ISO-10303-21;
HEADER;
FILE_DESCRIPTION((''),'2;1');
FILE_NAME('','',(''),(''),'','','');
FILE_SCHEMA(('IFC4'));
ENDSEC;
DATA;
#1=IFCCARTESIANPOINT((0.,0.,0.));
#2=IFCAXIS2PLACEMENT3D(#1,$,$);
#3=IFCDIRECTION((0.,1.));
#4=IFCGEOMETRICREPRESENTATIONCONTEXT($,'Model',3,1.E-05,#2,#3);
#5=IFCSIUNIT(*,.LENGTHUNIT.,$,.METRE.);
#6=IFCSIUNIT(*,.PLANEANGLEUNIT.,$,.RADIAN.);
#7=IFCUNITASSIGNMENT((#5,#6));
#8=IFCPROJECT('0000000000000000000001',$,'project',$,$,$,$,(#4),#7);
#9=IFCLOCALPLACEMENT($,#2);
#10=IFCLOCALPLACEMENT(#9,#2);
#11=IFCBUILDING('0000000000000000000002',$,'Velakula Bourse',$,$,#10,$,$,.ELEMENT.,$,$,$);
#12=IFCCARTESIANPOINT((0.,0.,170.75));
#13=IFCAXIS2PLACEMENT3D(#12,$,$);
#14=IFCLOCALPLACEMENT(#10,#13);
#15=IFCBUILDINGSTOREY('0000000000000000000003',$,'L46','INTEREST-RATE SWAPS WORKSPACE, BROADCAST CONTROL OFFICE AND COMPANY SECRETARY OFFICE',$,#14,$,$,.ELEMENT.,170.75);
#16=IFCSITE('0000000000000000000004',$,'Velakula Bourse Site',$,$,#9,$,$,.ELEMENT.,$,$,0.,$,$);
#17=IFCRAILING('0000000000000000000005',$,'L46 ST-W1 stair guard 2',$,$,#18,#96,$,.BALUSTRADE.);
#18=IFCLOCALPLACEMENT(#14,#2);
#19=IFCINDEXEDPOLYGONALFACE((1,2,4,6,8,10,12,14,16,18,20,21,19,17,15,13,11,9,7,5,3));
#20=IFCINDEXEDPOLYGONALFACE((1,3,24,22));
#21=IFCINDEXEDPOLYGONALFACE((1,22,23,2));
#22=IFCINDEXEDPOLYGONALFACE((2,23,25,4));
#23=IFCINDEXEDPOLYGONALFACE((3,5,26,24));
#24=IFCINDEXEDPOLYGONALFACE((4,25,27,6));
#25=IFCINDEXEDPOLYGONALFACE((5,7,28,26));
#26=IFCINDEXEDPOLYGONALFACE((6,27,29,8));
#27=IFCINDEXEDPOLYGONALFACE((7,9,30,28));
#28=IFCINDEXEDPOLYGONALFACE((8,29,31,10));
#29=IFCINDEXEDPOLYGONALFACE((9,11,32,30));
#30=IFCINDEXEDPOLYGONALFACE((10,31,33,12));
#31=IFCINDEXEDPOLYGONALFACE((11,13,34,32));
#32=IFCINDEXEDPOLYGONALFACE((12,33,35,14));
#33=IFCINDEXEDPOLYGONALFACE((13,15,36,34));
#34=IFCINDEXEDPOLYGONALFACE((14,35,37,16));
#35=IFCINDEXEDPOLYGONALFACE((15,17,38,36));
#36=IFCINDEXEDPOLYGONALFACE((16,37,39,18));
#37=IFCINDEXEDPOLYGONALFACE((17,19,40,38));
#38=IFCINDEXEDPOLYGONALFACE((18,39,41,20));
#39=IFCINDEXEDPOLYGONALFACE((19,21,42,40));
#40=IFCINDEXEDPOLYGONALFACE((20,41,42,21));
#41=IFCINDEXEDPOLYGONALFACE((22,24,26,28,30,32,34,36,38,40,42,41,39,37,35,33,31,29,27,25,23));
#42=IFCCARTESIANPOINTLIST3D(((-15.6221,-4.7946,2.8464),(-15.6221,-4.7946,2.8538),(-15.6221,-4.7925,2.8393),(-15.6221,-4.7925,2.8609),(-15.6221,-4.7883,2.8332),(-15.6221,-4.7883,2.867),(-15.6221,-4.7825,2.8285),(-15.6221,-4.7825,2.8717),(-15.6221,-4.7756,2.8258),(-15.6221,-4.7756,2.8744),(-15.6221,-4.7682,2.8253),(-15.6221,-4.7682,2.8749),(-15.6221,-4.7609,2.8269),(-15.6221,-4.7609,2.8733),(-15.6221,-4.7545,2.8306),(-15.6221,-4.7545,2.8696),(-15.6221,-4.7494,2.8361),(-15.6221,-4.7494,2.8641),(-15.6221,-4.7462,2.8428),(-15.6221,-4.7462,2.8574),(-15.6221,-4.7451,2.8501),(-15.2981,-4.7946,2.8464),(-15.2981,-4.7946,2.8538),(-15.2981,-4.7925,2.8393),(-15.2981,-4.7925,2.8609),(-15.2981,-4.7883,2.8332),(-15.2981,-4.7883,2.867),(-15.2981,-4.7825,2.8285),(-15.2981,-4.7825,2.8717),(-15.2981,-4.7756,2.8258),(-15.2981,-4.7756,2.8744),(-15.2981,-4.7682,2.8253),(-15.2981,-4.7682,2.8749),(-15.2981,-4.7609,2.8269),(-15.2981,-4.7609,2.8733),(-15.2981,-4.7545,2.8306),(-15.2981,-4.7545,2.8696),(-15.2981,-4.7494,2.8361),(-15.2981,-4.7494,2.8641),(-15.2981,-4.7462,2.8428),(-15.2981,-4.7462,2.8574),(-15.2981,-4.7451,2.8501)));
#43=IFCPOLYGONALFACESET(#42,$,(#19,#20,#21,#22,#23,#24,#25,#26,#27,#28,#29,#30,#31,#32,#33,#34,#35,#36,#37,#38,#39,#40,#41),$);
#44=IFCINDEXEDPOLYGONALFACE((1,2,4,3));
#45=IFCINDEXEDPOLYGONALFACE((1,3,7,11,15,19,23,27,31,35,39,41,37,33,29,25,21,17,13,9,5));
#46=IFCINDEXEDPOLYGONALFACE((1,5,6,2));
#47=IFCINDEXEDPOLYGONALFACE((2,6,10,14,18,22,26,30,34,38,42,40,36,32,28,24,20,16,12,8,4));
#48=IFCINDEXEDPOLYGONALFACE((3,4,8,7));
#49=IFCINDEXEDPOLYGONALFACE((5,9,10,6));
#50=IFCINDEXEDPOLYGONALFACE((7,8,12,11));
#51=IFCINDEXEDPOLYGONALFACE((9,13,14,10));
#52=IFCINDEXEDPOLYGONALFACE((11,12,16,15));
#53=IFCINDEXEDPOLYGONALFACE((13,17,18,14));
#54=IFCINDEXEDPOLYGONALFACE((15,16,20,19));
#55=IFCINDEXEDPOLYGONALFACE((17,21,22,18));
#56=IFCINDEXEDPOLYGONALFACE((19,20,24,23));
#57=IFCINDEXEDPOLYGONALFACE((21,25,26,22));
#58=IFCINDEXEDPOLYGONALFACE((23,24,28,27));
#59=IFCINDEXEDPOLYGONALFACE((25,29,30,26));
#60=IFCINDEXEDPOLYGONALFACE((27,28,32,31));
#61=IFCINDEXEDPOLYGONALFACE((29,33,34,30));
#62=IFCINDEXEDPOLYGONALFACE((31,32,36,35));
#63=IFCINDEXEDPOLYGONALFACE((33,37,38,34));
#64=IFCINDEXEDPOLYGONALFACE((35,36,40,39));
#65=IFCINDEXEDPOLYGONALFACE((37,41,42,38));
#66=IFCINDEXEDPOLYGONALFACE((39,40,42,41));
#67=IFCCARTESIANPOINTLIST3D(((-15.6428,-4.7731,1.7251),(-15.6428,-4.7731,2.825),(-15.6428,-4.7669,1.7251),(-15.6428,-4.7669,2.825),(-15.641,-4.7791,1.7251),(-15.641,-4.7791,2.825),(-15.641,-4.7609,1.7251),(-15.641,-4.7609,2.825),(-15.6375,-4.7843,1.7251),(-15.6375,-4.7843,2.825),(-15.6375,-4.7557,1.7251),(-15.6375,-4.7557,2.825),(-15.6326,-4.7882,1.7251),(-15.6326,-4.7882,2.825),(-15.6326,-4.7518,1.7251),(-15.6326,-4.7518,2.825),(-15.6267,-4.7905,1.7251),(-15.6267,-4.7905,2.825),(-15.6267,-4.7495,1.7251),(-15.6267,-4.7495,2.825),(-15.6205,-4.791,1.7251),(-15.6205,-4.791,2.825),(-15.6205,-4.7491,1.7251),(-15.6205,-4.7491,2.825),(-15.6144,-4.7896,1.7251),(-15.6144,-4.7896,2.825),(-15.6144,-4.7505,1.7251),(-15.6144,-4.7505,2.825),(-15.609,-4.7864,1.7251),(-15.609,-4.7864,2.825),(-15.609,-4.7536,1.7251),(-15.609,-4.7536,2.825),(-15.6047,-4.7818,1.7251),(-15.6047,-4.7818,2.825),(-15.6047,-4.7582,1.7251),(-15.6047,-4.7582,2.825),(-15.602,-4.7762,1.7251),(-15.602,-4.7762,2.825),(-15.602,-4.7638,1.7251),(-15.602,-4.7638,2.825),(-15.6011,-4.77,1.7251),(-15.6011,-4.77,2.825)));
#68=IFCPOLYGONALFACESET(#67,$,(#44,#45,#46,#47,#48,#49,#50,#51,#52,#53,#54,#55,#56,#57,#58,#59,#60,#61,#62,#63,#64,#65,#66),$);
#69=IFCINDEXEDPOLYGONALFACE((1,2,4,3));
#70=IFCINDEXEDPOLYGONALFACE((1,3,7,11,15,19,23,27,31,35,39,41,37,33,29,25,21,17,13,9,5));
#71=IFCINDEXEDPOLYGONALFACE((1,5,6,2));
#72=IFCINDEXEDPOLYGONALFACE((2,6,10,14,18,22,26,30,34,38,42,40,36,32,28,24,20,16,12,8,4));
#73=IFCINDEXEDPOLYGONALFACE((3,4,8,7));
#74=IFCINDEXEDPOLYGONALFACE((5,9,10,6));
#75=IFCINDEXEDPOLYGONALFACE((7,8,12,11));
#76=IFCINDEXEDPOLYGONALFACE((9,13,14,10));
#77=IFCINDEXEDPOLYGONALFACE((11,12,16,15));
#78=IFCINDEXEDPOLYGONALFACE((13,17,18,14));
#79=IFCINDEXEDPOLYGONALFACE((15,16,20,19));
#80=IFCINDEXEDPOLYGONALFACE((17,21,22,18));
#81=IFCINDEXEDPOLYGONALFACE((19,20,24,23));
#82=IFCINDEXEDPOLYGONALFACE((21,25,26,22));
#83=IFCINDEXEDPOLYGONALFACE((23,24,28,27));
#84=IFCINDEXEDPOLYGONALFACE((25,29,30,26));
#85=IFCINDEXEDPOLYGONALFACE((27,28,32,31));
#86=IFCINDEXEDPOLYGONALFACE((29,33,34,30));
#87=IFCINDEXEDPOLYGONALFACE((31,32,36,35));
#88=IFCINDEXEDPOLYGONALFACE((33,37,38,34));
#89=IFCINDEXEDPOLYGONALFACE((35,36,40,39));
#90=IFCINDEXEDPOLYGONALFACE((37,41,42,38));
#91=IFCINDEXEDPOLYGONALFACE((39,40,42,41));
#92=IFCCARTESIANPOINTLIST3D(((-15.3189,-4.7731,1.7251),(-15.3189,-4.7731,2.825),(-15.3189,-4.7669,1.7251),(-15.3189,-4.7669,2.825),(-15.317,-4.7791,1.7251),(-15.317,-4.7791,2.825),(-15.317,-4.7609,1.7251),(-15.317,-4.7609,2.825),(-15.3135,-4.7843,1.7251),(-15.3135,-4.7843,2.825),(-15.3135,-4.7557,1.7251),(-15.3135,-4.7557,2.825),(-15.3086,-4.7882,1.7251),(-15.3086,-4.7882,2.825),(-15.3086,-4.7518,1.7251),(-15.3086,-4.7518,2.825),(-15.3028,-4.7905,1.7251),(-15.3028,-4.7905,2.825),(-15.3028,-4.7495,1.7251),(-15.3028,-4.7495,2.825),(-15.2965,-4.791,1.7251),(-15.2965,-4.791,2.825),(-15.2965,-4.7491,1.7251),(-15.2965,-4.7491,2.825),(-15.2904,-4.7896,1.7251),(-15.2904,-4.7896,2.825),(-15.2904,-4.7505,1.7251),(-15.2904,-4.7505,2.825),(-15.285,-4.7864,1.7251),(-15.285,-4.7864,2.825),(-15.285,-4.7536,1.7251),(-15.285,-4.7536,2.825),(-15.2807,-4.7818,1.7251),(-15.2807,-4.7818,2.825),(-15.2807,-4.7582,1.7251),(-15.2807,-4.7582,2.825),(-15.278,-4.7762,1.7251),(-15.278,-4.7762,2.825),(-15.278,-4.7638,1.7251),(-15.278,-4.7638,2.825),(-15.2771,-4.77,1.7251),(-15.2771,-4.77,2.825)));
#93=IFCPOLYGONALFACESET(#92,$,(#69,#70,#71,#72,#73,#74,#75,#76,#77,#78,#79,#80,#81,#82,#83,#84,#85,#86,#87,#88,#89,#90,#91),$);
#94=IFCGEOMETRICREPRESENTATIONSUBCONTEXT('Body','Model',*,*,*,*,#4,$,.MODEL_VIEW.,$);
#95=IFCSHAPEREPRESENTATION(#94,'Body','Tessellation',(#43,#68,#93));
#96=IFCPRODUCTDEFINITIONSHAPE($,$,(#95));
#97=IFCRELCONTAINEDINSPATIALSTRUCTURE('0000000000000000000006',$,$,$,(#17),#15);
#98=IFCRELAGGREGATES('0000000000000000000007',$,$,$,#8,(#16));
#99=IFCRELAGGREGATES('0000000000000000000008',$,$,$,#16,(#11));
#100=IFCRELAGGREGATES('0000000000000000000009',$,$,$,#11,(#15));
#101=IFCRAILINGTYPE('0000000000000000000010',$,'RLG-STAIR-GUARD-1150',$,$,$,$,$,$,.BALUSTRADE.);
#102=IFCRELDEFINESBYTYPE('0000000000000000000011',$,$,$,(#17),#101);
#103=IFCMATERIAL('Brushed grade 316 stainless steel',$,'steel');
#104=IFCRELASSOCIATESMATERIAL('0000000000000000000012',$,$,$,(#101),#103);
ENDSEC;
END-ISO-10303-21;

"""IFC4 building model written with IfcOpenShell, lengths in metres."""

from ifc_helpers import new_model, si_unit, direction, frame, origin, origin_2d, place, context, subcontext, project, spatial, circle, extrude, material, type_object, element, save


model = new_model("IFC4")

# Units and contexts
model_context = context("Model", 3, precision=1e-05, world=origin(), true_north=direction((0.0, 1.0)))
body_context = subcontext(model_context, "Body", "Model", "MODEL_VIEW")
ifc_project = project(units=[si_unit("LENGTHUNIT", "METRE"), si_unit("PLANEANGLEUNIT", "RADIAN")], contexts=[model_context])

# Site, building, storey
site_placement = place(None, origin())
site = spatial("IfcSite", under=ifc_project, at=site_placement, Name="Velakula Bourse Site", CompositionType="ELEMENT", RefElevation=0.0)
building_placement = place(site_placement, origin())
building = spatial("IfcBuilding", under=site, at=building_placement, Name="Velakula Bourse", CompositionType="ELEMENT")
storey_placement = place(building_placement, frame((0.0, 0.0, 170.75)))
storey = spatial("IfcBuildingStorey", under=building, at=storey_placement, Name="L46", Description="INTEREST-RATE SWAPS WORKSPACE, BROADCAST CONTROL OFFICE AND COMPANY SECRETARY OFFICE", CompositionType="ELEMENT", Elevation=170.75)

# Shared definitions
ifc_material_1 = material(Name="Brushed grade 316 stainless steel", Category="steel")

# Railing
railing_type_1 = type_object("IfcRailingType", Name="RLG-STAIR-GUARD-1150", PredefinedType="BALUSTRADE", material=ifc_material_1)
railing_1_placement = place(storey_placement, frame((-15.6221, -4.77, 1.7251)))
element("IfcRailing", 1, at=railing_1_placement, inside=storey, type_object=railing_type_1, Name="L46 ST-W1 stair guard 2", PredefinedType="BALUSTRADE", context=body_context, shape_type="SweptSolid", body=[
    extrude(circle(Radius=0.0249, at=origin_2d()), frame((0.0, 0.0, 1.125), z_axis=(1.0, 0.0, 0.0), x_axis=(0.0, 1.0, 0.0)), (0.0, 0.0, 1.0), 0.324),
    extrude(circle(Radius=0.021, at=origin_2d()), origin(), (0.0, 0.0, 1.0), 1.0999),
    extrude(circle(Radius=0.021, at=origin_2d()), frame((0.324, 0.0, 0.0)), (0.0, 0.0, 1.0), 1.0999),
])

save(model, "model.ifc")
